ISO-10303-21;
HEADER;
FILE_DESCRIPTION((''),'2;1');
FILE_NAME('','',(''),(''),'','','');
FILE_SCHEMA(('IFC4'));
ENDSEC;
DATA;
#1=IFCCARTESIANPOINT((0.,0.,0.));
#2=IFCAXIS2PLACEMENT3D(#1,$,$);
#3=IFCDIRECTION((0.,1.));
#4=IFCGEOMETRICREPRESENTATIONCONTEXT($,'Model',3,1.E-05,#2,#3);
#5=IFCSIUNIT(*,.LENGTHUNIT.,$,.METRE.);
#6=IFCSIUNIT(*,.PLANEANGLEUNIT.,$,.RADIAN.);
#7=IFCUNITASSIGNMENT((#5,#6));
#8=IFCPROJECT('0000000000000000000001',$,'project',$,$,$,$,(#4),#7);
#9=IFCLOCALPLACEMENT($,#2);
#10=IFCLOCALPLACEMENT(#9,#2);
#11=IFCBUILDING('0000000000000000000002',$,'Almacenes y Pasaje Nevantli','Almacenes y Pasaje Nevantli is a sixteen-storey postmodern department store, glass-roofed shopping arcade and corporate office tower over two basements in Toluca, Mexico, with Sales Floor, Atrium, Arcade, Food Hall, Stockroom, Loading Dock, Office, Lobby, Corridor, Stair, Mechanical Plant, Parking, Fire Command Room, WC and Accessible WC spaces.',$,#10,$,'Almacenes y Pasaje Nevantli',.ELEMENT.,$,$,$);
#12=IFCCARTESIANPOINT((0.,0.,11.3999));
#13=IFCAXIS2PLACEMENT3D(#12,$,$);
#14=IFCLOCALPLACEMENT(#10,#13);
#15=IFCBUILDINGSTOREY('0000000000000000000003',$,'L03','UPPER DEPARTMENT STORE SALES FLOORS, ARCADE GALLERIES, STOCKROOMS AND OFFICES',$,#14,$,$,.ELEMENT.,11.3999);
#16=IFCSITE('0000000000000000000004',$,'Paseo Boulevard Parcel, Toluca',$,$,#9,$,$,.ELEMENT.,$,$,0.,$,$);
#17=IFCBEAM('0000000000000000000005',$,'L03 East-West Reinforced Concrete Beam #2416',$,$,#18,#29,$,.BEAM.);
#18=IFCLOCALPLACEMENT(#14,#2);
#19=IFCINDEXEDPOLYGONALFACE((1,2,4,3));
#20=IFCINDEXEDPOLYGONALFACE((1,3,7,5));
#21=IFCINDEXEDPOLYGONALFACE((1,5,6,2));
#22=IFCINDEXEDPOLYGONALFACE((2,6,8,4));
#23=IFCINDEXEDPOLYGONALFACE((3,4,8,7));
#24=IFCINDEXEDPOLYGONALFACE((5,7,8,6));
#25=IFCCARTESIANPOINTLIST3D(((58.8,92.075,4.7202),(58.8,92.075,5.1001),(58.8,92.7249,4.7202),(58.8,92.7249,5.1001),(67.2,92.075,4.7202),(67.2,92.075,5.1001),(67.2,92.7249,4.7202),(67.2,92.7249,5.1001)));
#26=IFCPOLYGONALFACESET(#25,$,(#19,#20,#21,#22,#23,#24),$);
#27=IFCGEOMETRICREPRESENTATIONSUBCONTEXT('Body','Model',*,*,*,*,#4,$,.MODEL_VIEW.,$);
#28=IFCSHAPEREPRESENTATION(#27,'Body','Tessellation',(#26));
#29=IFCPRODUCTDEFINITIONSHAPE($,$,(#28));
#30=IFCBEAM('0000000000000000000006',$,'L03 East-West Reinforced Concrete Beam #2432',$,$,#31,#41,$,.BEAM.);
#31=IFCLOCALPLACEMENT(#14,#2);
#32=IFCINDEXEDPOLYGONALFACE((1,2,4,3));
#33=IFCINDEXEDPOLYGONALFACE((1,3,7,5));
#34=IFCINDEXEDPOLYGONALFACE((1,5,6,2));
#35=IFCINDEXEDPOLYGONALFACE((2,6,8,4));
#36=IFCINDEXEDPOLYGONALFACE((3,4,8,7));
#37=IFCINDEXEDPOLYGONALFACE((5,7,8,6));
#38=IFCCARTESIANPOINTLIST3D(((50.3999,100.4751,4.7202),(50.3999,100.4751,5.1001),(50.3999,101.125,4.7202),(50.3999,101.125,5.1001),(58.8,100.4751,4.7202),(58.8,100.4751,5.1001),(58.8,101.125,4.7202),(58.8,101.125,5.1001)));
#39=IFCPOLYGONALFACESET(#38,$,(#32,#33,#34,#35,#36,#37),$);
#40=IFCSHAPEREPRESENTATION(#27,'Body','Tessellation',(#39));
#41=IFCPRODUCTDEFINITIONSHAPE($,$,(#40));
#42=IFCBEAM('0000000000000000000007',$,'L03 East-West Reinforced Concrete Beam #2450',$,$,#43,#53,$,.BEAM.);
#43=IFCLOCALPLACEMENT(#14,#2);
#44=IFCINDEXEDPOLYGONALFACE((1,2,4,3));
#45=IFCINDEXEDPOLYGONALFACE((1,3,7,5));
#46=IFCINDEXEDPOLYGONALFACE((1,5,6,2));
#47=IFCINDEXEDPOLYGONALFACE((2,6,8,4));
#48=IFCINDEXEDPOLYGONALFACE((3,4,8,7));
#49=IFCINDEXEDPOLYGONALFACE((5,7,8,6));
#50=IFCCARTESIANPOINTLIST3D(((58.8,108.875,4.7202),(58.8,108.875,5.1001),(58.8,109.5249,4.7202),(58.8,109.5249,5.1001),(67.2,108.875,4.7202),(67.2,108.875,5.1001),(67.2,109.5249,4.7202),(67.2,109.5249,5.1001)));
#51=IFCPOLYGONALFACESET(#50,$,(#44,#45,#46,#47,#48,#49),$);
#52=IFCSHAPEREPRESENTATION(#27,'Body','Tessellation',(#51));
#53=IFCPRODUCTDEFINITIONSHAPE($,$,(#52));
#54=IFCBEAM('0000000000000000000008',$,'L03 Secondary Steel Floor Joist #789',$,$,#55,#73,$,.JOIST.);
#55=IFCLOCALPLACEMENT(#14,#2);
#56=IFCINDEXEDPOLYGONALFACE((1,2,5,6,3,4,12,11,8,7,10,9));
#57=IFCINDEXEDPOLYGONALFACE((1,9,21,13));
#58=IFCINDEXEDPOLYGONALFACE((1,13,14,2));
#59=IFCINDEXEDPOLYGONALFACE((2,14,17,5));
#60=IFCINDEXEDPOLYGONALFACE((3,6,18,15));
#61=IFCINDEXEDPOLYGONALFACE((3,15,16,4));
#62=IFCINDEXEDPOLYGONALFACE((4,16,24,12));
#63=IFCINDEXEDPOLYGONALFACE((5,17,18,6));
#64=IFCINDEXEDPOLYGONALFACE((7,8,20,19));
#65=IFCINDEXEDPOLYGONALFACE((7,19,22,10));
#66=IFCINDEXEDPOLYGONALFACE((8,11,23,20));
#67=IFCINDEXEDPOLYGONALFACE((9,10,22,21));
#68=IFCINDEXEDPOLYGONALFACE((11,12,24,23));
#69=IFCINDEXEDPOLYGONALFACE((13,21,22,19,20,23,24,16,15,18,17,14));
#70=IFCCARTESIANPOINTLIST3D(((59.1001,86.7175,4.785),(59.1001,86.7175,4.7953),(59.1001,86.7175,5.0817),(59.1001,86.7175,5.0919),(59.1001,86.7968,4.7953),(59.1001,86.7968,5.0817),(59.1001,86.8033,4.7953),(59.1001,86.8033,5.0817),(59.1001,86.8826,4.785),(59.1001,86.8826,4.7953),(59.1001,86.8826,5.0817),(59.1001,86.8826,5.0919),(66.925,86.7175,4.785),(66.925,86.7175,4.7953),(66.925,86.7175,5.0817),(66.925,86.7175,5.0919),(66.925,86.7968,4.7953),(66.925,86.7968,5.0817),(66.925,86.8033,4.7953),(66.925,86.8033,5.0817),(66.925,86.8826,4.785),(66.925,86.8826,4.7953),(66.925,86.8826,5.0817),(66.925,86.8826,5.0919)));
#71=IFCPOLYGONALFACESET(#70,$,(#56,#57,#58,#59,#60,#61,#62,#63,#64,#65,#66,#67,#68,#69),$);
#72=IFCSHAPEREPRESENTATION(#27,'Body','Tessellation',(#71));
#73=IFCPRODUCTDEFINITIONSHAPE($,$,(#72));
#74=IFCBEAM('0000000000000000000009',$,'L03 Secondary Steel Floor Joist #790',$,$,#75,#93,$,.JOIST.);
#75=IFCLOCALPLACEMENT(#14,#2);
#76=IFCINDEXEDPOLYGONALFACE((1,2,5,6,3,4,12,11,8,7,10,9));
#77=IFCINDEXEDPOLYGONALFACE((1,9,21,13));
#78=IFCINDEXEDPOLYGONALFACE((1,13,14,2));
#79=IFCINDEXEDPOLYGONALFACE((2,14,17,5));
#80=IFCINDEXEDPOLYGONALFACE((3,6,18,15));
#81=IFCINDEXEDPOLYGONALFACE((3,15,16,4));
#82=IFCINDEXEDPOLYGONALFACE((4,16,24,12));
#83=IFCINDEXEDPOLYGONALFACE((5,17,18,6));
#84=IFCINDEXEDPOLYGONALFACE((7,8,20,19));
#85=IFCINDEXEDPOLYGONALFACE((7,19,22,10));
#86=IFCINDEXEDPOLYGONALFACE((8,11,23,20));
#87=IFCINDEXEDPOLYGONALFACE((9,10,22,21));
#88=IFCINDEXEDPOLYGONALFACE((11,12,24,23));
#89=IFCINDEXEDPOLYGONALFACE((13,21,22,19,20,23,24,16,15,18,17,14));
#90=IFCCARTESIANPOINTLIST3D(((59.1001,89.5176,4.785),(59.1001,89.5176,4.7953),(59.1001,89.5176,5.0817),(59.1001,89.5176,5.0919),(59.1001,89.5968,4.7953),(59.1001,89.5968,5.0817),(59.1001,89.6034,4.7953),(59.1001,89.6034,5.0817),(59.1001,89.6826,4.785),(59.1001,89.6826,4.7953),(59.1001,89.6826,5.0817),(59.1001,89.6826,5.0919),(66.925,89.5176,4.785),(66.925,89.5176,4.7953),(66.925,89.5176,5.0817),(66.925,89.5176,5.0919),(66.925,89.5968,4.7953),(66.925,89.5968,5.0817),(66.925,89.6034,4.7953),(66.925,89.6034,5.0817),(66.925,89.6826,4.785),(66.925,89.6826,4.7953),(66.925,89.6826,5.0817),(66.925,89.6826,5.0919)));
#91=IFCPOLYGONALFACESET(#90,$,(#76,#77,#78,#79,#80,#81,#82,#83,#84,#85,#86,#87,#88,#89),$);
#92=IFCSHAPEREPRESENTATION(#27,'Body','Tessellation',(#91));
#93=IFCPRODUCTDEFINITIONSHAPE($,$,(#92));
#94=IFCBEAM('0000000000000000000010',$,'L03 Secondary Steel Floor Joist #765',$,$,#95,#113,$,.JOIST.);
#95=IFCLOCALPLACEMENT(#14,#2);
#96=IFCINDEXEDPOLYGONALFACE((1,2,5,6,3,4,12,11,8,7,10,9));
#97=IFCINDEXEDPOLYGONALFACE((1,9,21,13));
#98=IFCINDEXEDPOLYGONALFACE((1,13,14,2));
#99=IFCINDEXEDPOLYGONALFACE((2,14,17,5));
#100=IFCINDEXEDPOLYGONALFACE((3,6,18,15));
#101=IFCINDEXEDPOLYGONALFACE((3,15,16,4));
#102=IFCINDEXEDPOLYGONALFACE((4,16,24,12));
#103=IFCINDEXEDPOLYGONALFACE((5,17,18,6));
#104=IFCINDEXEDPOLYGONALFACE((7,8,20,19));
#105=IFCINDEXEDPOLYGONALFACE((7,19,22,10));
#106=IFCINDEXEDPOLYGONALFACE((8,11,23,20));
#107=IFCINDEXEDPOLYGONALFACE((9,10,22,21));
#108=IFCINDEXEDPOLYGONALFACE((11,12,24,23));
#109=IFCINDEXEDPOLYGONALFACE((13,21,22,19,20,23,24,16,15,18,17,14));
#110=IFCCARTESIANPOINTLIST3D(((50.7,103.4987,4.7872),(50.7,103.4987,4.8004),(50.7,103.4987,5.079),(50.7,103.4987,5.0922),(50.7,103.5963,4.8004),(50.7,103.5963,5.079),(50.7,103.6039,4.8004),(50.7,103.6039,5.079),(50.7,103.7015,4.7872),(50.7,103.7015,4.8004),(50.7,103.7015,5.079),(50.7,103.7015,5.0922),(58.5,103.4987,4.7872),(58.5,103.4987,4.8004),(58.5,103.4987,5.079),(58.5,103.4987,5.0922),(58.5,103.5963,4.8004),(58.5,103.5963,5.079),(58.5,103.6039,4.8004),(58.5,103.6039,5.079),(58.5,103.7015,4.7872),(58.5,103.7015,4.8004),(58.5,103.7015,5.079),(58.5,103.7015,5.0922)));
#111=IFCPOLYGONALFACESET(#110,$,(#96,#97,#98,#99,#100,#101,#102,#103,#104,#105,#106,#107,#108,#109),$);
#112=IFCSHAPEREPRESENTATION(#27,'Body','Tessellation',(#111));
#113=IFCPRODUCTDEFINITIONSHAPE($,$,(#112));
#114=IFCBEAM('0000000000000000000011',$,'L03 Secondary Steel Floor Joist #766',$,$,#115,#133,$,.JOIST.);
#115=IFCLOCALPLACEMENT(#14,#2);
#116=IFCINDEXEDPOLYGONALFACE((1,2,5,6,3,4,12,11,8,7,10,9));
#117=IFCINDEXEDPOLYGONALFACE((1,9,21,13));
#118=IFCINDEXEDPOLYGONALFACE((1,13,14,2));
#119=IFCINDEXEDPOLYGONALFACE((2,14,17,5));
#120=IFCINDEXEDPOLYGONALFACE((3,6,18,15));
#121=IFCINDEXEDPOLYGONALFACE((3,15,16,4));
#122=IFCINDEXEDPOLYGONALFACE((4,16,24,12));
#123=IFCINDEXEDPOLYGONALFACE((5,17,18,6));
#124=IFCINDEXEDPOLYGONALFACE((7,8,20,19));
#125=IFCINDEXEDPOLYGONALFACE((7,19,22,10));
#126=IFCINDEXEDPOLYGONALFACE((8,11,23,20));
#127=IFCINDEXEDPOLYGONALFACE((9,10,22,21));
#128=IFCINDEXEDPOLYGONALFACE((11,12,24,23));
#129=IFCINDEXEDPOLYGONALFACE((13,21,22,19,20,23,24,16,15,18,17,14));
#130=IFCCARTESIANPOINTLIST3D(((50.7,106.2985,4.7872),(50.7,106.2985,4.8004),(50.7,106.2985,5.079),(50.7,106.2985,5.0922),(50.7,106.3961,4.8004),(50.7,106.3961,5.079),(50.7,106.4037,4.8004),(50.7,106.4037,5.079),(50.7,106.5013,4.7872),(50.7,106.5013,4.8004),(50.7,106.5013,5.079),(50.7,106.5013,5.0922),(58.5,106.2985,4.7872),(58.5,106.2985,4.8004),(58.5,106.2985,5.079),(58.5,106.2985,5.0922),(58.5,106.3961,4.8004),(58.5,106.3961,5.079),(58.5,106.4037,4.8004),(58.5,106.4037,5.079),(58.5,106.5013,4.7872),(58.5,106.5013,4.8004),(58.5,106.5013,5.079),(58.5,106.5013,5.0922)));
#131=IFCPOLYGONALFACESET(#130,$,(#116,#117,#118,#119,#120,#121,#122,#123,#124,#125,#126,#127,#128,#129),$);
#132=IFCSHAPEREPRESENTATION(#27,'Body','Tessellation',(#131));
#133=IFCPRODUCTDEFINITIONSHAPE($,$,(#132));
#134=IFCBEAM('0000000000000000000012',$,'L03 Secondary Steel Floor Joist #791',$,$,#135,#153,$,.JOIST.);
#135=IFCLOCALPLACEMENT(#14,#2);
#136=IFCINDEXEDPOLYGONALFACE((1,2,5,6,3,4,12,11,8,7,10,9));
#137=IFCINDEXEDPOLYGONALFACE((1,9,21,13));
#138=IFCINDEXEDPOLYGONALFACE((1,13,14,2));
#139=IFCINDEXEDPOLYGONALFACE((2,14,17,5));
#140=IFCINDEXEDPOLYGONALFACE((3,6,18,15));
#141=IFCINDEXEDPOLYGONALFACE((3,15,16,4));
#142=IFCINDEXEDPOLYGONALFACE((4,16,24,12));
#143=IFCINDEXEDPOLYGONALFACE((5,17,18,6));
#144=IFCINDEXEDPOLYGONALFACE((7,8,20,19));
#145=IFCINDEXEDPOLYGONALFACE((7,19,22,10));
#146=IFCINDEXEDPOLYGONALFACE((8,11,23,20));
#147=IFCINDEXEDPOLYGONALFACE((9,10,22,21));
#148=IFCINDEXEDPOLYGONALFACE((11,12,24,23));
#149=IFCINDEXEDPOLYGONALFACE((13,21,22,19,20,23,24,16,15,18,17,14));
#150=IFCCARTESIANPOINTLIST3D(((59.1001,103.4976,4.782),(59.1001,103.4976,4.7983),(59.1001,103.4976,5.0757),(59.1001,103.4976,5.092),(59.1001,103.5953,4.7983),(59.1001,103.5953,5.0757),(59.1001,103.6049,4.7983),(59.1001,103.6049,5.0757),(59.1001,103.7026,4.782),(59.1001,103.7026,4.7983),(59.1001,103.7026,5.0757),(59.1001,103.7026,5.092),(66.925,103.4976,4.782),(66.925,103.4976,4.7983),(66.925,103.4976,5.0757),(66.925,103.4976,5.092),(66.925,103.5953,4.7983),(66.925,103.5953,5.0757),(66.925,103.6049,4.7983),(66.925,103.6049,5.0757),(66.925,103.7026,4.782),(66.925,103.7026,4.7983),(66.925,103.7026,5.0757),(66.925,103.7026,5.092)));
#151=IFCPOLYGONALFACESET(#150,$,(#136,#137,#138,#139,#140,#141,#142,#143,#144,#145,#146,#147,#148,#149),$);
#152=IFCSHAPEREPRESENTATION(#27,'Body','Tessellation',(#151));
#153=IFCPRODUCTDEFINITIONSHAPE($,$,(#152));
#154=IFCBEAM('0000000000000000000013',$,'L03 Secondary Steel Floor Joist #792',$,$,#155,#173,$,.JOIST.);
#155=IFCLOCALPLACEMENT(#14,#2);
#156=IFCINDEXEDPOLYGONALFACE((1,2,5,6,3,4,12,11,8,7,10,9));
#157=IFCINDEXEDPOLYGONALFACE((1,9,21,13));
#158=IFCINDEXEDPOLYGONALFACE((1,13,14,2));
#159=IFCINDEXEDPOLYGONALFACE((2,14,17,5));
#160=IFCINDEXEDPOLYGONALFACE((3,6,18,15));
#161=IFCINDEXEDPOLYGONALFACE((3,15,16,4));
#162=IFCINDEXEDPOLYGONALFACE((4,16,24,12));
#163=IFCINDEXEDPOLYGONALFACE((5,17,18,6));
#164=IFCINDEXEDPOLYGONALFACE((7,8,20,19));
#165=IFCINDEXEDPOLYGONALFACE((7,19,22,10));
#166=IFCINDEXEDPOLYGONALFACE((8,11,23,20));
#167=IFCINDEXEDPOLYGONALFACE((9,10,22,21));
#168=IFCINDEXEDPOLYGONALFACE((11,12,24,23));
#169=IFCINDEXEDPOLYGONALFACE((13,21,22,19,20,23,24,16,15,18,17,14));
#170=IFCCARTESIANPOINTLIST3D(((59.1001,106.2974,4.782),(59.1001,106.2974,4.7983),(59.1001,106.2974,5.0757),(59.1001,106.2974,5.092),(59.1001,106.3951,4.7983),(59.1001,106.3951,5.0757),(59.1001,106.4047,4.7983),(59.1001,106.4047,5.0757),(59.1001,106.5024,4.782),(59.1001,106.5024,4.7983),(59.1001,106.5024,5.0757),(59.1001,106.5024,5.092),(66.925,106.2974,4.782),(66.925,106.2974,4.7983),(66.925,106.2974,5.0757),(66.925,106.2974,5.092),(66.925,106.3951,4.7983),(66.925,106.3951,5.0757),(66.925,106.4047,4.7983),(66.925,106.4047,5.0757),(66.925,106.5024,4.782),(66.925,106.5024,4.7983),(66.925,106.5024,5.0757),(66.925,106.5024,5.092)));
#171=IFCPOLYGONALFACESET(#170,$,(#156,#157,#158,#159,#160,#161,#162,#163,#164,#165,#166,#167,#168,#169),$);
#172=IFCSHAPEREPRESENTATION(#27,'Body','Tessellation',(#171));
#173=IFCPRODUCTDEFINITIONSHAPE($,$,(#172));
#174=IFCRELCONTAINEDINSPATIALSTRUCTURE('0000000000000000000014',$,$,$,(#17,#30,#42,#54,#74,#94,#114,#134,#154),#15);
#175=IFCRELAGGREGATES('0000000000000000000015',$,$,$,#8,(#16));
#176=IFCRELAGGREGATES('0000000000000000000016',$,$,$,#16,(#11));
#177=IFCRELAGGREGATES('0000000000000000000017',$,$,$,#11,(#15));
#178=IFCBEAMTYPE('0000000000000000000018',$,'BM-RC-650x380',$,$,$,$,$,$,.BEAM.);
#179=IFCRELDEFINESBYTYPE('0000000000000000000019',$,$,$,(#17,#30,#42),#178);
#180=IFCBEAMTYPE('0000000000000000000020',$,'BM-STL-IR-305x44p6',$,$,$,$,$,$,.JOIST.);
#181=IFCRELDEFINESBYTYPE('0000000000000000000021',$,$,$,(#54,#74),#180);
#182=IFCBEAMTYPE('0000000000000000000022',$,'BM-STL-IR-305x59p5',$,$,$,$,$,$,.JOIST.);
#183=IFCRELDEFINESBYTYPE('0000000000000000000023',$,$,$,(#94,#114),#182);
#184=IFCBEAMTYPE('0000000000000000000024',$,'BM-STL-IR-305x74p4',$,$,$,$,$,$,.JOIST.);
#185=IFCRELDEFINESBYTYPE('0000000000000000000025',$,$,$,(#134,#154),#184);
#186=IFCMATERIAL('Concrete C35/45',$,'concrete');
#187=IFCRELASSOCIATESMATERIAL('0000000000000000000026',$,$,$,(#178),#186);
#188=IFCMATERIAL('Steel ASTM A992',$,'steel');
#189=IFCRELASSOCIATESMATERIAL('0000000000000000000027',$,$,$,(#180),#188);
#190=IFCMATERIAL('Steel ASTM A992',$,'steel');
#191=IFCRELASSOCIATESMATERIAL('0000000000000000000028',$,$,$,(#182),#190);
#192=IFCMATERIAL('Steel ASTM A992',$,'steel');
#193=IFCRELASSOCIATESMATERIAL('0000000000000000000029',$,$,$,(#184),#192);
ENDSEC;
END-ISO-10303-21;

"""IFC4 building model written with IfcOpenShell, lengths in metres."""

from ifc_helpers import new_model, si_unit, direction, frame, origin, origin_2d, place, context, subcontext, project, spatial, rectangle, i_section, extrude, material, material_profile, profile_set, type_object, element, save


model = new_model("IFC4")

# Units and contexts
model_context = context("Model", 3, precision=1e-05, world=origin(), true_north=direction((0.0, 1.0)))
body_context = subcontext(model_context, "Body", "Model", "MODEL_VIEW")
ifc_project = project(units=[si_unit("LENGTHUNIT", "METRE"), si_unit("PLANEANGLEUNIT", "RADIAN")], contexts=[model_context])

# Site, building, storey
site_placement = place(None, origin())
site = spatial("IfcSite", under=ifc_project, at=site_placement, Name="Paseo Boulevard Parcel, Toluca", CompositionType="ELEMENT", RefElevation=0.0)
building_placement = place(site_placement, origin())
building = spatial("IfcBuilding", under=site, at=building_placement, Name="Almacenes y Pasaje Nevantli", Description="Almacenes y Pasaje Nevantli is a sixteen-storey postmodern department store, glass-roofed shopping arcade and corporate office tower over two basements in Toluca, Mexico, with Sales Floor, Atrium, Arcade, Food Hall, Stockroom, Loading Dock, Office, Lobby, Corridor, Stair, Mechanical Plant, Parking, Fire Command Room, WC and Accessible WC spaces.", LongName="Almacenes y Pasaje Nevantli", CompositionType="ELEMENT")
storey_placement = place(building_placement, frame((0.0, 0.0, 11.3999)))
storey = spatial("IfcBuildingStorey", under=building, at=storey_placement, Name="L03", Description="UPPER DEPARTMENT STORE SALES FLOORS, ARCADE GALLERIES, STOCKROOMS AND OFFICES", CompositionType="ELEMENT", Elevation=11.3999)

# Beams
ifc_material_1 = material(Name="Concrete C35/45", Category="concrete")
ifc_material_profile_1 = material_profile(ifc_material_1, rectangle(XDim=0.6499, YDim=0.3799, at=origin_2d()), Name="RC-BM-650x380")
ifc_profile_set_1 = profile_set([ifc_material_profile_1], Name="Concrete C35/45")
beam_type_1 = type_object("IfcBeamType", Name="BM-RC-650x380", PredefinedType="BEAM", material=ifc_profile_set_1)
beam_1_placement = place(storey_placement, frame((58.8, 92.3999, 4.9102), z_axis=(1.0, 0.0, 0.0), x_axis=(0.0, 1.0, 0.0)))
element("IfcBeam", 1, at=beam_1_placement, inside=storey, type_object=beam_type_1, Name="L03 East-West Reinforced Concrete Beam #2416", PredefinedType="BEAM", context=body_context, shape_type="SweptSolid", body=[
    extrude(rectangle(XDim=0.6499, YDim=0.3799, at=origin_2d()), origin(), (0.0, 0.0, 1.0), 8.3999),
])
beam_2_placement = place(storey_placement, frame((50.3999, 100.8, 4.9102), z_axis=(1.0, 0.0, 0.0), x_axis=(0.0, 1.0, 0.0)))
element("IfcBeam", 2, at=beam_2_placement, inside=storey, type_object=beam_type_1, Name="L03 East-West Reinforced Concrete Beam #2432", PredefinedType="BEAM", context=body_context, shape_type="SweptSolid", body=[
    extrude(rectangle(XDim=0.6499, YDim=0.3799, at=origin_2d()), origin(), (0.0, 0.0, 1.0), 8.4001),
])
beam_3_placement = place(storey_placement, frame((58.8, 109.2, 4.9102), z_axis=(1.0, 0.0, 0.0), x_axis=(0.0, 1.0, 0.0)))
element("IfcBeam", 3, at=beam_3_placement, inside=storey, type_object=beam_type_1, Name="L03 East-West Reinforced Concrete Beam #2450", PredefinedType="BEAM", context=body_context, shape_type="SweptSolid", body=[
    extrude(rectangle(XDim=0.6499, YDim=0.3799, at=origin_2d()), origin(), (0.0, 0.0, 1.0), 8.3999),
])
ifc_material_2 = material(Name="Steel ASTM A992", Category="steel")
ifc_material_profile_2 = material_profile(ifc_material_2, i_section(OverallWidth=0.165, OverallDepth=0.3069, WebThickness=0.0066, FlangeThickness=0.0103, at=origin_2d()), Name="IR 305x44.6")
ifc_profile_set_2 = profile_set([ifc_material_profile_2], Name="Steel ASTM A992")
beam_type_2 = type_object("IfcBeamType", Name="BM-STL-IR-305x44p6", PredefinedType="JOIST", material=ifc_profile_set_2)
for number, where, z_axis, x_axis, name in (
    (4, (59.1001, 86.8, 4.9385), (1.0, 0.0, 0.0), (0.0, 1.0, 0.0), "L03 Secondary Steel Floor Joist #789"),
    (5, (59.1001, 89.6001, 4.9385), (1.0, 0.0, 0.0), (0.0, 1.0, 0.0), "L03 Secondary Steel Floor Joist #790"),
):
    element("IfcBeam", number, at=place(storey_placement, frame(where, z_axis=z_axis, x_axis=x_axis)), inside=storey, type_object=beam_type_2, Name=name, PredefinedType="JOIST", context=body_context, shape_type="SweptSolid", body=[
        extrude(i_section(OverallWidth=0.165, OverallDepth=0.3069, WebThickness=0.0066, FlangeThickness=0.0103, at=origin_2d()), origin(), (0.0, 0.0, 1.0), 7.825),
    ])
ifc_material_3 = material(Name="Steel ASTM A992", Category="steel")
ifc_material_profile_3 = material_profile(ifc_material_3, i_section(OverallWidth=0.2029, OverallDepth=0.3049, WebThickness=0.0076, FlangeThickness=0.0132, at=origin_2d()), Name="IR 305x59.5")
ifc_profile_set_3 = profile_set([ifc_material_profile_3], Name="Steel ASTM A992")
beam_type_3 = type_object("IfcBeamType", Name="BM-STL-IR-305x59p5", PredefinedType="JOIST", material=ifc_profile_set_3)
for number, where, z_axis, x_axis, name in (
    (6, (50.7, 103.6001, 4.9397), (1.0, 0.0, 0.0), (0.0, 1.0, 0.0), "L03 Secondary Steel Floor Joist #765"),
    (7, (50.7, 106.3999, 4.9397), (1.0, 0.0, 0.0), (0.0, 1.0, 0.0), "L03 Secondary Steel Floor Joist #766"),
):
    element("IfcBeam", number, at=place(storey_placement, frame(where, z_axis=z_axis, x_axis=x_axis)), inside=storey, type_object=beam_type_3, Name=name, PredefinedType="JOIST", context=body_context, shape_type="SweptSolid", body=[
        extrude(i_section(OverallWidth=0.2029, OverallDepth=0.3049, WebThickness=0.0076, FlangeThickness=0.0132, at=origin_2d()), origin(), (0.0, 0.0, 1.0), 7.8),
    ])
ifc_material_4 = material(Name="Steel ASTM A992", Category="steel")
ifc_material_profile_4 = material_profile(ifc_material_4, i_section(OverallWidth=0.2051, OverallDepth=0.3101, WebThickness=0.0095, FlangeThickness=0.0164, at=origin_2d()), Name="IR 305x74.4")
ifc_profile_set_4 = profile_set([ifc_material_profile_4], Name="Steel ASTM A992")
beam_type_4 = type_object("IfcBeamType", Name="BM-STL-IR-305x74p4", PredefinedType="JOIST", material=ifc_profile_set_4)
for number, where, z_axis, x_axis, name in (
    (8, (59.1001, 103.6001, 4.937), (1.0, 0.0, 0.0), (0.0, 1.0, 0.0), "L03 Secondary Steel Floor Joist #791"),
    (9, (59.1001, 106.3999, 4.937), (1.0, 0.0, 0.0), (0.0, 1.0, 0.0), "L03 Secondary Steel Floor Joist #792"),
):
    element("IfcBeam", number, at=place(storey_placement, frame(where, z_axis=z_axis, x_axis=x_axis)), inside=storey, type_object=beam_type_4, Name=name, PredefinedType="JOIST", context=body_context, shape_type="SweptSolid", body=[
        extrude(i_section(OverallWidth=0.2051, OverallDepth=0.3101, WebThickness=0.0095, FlangeThickness=0.0164, at=origin_2d()), origin(), (0.0, 0.0, 1.0), 7.825),
    ])

save(model, "model.ifc")
